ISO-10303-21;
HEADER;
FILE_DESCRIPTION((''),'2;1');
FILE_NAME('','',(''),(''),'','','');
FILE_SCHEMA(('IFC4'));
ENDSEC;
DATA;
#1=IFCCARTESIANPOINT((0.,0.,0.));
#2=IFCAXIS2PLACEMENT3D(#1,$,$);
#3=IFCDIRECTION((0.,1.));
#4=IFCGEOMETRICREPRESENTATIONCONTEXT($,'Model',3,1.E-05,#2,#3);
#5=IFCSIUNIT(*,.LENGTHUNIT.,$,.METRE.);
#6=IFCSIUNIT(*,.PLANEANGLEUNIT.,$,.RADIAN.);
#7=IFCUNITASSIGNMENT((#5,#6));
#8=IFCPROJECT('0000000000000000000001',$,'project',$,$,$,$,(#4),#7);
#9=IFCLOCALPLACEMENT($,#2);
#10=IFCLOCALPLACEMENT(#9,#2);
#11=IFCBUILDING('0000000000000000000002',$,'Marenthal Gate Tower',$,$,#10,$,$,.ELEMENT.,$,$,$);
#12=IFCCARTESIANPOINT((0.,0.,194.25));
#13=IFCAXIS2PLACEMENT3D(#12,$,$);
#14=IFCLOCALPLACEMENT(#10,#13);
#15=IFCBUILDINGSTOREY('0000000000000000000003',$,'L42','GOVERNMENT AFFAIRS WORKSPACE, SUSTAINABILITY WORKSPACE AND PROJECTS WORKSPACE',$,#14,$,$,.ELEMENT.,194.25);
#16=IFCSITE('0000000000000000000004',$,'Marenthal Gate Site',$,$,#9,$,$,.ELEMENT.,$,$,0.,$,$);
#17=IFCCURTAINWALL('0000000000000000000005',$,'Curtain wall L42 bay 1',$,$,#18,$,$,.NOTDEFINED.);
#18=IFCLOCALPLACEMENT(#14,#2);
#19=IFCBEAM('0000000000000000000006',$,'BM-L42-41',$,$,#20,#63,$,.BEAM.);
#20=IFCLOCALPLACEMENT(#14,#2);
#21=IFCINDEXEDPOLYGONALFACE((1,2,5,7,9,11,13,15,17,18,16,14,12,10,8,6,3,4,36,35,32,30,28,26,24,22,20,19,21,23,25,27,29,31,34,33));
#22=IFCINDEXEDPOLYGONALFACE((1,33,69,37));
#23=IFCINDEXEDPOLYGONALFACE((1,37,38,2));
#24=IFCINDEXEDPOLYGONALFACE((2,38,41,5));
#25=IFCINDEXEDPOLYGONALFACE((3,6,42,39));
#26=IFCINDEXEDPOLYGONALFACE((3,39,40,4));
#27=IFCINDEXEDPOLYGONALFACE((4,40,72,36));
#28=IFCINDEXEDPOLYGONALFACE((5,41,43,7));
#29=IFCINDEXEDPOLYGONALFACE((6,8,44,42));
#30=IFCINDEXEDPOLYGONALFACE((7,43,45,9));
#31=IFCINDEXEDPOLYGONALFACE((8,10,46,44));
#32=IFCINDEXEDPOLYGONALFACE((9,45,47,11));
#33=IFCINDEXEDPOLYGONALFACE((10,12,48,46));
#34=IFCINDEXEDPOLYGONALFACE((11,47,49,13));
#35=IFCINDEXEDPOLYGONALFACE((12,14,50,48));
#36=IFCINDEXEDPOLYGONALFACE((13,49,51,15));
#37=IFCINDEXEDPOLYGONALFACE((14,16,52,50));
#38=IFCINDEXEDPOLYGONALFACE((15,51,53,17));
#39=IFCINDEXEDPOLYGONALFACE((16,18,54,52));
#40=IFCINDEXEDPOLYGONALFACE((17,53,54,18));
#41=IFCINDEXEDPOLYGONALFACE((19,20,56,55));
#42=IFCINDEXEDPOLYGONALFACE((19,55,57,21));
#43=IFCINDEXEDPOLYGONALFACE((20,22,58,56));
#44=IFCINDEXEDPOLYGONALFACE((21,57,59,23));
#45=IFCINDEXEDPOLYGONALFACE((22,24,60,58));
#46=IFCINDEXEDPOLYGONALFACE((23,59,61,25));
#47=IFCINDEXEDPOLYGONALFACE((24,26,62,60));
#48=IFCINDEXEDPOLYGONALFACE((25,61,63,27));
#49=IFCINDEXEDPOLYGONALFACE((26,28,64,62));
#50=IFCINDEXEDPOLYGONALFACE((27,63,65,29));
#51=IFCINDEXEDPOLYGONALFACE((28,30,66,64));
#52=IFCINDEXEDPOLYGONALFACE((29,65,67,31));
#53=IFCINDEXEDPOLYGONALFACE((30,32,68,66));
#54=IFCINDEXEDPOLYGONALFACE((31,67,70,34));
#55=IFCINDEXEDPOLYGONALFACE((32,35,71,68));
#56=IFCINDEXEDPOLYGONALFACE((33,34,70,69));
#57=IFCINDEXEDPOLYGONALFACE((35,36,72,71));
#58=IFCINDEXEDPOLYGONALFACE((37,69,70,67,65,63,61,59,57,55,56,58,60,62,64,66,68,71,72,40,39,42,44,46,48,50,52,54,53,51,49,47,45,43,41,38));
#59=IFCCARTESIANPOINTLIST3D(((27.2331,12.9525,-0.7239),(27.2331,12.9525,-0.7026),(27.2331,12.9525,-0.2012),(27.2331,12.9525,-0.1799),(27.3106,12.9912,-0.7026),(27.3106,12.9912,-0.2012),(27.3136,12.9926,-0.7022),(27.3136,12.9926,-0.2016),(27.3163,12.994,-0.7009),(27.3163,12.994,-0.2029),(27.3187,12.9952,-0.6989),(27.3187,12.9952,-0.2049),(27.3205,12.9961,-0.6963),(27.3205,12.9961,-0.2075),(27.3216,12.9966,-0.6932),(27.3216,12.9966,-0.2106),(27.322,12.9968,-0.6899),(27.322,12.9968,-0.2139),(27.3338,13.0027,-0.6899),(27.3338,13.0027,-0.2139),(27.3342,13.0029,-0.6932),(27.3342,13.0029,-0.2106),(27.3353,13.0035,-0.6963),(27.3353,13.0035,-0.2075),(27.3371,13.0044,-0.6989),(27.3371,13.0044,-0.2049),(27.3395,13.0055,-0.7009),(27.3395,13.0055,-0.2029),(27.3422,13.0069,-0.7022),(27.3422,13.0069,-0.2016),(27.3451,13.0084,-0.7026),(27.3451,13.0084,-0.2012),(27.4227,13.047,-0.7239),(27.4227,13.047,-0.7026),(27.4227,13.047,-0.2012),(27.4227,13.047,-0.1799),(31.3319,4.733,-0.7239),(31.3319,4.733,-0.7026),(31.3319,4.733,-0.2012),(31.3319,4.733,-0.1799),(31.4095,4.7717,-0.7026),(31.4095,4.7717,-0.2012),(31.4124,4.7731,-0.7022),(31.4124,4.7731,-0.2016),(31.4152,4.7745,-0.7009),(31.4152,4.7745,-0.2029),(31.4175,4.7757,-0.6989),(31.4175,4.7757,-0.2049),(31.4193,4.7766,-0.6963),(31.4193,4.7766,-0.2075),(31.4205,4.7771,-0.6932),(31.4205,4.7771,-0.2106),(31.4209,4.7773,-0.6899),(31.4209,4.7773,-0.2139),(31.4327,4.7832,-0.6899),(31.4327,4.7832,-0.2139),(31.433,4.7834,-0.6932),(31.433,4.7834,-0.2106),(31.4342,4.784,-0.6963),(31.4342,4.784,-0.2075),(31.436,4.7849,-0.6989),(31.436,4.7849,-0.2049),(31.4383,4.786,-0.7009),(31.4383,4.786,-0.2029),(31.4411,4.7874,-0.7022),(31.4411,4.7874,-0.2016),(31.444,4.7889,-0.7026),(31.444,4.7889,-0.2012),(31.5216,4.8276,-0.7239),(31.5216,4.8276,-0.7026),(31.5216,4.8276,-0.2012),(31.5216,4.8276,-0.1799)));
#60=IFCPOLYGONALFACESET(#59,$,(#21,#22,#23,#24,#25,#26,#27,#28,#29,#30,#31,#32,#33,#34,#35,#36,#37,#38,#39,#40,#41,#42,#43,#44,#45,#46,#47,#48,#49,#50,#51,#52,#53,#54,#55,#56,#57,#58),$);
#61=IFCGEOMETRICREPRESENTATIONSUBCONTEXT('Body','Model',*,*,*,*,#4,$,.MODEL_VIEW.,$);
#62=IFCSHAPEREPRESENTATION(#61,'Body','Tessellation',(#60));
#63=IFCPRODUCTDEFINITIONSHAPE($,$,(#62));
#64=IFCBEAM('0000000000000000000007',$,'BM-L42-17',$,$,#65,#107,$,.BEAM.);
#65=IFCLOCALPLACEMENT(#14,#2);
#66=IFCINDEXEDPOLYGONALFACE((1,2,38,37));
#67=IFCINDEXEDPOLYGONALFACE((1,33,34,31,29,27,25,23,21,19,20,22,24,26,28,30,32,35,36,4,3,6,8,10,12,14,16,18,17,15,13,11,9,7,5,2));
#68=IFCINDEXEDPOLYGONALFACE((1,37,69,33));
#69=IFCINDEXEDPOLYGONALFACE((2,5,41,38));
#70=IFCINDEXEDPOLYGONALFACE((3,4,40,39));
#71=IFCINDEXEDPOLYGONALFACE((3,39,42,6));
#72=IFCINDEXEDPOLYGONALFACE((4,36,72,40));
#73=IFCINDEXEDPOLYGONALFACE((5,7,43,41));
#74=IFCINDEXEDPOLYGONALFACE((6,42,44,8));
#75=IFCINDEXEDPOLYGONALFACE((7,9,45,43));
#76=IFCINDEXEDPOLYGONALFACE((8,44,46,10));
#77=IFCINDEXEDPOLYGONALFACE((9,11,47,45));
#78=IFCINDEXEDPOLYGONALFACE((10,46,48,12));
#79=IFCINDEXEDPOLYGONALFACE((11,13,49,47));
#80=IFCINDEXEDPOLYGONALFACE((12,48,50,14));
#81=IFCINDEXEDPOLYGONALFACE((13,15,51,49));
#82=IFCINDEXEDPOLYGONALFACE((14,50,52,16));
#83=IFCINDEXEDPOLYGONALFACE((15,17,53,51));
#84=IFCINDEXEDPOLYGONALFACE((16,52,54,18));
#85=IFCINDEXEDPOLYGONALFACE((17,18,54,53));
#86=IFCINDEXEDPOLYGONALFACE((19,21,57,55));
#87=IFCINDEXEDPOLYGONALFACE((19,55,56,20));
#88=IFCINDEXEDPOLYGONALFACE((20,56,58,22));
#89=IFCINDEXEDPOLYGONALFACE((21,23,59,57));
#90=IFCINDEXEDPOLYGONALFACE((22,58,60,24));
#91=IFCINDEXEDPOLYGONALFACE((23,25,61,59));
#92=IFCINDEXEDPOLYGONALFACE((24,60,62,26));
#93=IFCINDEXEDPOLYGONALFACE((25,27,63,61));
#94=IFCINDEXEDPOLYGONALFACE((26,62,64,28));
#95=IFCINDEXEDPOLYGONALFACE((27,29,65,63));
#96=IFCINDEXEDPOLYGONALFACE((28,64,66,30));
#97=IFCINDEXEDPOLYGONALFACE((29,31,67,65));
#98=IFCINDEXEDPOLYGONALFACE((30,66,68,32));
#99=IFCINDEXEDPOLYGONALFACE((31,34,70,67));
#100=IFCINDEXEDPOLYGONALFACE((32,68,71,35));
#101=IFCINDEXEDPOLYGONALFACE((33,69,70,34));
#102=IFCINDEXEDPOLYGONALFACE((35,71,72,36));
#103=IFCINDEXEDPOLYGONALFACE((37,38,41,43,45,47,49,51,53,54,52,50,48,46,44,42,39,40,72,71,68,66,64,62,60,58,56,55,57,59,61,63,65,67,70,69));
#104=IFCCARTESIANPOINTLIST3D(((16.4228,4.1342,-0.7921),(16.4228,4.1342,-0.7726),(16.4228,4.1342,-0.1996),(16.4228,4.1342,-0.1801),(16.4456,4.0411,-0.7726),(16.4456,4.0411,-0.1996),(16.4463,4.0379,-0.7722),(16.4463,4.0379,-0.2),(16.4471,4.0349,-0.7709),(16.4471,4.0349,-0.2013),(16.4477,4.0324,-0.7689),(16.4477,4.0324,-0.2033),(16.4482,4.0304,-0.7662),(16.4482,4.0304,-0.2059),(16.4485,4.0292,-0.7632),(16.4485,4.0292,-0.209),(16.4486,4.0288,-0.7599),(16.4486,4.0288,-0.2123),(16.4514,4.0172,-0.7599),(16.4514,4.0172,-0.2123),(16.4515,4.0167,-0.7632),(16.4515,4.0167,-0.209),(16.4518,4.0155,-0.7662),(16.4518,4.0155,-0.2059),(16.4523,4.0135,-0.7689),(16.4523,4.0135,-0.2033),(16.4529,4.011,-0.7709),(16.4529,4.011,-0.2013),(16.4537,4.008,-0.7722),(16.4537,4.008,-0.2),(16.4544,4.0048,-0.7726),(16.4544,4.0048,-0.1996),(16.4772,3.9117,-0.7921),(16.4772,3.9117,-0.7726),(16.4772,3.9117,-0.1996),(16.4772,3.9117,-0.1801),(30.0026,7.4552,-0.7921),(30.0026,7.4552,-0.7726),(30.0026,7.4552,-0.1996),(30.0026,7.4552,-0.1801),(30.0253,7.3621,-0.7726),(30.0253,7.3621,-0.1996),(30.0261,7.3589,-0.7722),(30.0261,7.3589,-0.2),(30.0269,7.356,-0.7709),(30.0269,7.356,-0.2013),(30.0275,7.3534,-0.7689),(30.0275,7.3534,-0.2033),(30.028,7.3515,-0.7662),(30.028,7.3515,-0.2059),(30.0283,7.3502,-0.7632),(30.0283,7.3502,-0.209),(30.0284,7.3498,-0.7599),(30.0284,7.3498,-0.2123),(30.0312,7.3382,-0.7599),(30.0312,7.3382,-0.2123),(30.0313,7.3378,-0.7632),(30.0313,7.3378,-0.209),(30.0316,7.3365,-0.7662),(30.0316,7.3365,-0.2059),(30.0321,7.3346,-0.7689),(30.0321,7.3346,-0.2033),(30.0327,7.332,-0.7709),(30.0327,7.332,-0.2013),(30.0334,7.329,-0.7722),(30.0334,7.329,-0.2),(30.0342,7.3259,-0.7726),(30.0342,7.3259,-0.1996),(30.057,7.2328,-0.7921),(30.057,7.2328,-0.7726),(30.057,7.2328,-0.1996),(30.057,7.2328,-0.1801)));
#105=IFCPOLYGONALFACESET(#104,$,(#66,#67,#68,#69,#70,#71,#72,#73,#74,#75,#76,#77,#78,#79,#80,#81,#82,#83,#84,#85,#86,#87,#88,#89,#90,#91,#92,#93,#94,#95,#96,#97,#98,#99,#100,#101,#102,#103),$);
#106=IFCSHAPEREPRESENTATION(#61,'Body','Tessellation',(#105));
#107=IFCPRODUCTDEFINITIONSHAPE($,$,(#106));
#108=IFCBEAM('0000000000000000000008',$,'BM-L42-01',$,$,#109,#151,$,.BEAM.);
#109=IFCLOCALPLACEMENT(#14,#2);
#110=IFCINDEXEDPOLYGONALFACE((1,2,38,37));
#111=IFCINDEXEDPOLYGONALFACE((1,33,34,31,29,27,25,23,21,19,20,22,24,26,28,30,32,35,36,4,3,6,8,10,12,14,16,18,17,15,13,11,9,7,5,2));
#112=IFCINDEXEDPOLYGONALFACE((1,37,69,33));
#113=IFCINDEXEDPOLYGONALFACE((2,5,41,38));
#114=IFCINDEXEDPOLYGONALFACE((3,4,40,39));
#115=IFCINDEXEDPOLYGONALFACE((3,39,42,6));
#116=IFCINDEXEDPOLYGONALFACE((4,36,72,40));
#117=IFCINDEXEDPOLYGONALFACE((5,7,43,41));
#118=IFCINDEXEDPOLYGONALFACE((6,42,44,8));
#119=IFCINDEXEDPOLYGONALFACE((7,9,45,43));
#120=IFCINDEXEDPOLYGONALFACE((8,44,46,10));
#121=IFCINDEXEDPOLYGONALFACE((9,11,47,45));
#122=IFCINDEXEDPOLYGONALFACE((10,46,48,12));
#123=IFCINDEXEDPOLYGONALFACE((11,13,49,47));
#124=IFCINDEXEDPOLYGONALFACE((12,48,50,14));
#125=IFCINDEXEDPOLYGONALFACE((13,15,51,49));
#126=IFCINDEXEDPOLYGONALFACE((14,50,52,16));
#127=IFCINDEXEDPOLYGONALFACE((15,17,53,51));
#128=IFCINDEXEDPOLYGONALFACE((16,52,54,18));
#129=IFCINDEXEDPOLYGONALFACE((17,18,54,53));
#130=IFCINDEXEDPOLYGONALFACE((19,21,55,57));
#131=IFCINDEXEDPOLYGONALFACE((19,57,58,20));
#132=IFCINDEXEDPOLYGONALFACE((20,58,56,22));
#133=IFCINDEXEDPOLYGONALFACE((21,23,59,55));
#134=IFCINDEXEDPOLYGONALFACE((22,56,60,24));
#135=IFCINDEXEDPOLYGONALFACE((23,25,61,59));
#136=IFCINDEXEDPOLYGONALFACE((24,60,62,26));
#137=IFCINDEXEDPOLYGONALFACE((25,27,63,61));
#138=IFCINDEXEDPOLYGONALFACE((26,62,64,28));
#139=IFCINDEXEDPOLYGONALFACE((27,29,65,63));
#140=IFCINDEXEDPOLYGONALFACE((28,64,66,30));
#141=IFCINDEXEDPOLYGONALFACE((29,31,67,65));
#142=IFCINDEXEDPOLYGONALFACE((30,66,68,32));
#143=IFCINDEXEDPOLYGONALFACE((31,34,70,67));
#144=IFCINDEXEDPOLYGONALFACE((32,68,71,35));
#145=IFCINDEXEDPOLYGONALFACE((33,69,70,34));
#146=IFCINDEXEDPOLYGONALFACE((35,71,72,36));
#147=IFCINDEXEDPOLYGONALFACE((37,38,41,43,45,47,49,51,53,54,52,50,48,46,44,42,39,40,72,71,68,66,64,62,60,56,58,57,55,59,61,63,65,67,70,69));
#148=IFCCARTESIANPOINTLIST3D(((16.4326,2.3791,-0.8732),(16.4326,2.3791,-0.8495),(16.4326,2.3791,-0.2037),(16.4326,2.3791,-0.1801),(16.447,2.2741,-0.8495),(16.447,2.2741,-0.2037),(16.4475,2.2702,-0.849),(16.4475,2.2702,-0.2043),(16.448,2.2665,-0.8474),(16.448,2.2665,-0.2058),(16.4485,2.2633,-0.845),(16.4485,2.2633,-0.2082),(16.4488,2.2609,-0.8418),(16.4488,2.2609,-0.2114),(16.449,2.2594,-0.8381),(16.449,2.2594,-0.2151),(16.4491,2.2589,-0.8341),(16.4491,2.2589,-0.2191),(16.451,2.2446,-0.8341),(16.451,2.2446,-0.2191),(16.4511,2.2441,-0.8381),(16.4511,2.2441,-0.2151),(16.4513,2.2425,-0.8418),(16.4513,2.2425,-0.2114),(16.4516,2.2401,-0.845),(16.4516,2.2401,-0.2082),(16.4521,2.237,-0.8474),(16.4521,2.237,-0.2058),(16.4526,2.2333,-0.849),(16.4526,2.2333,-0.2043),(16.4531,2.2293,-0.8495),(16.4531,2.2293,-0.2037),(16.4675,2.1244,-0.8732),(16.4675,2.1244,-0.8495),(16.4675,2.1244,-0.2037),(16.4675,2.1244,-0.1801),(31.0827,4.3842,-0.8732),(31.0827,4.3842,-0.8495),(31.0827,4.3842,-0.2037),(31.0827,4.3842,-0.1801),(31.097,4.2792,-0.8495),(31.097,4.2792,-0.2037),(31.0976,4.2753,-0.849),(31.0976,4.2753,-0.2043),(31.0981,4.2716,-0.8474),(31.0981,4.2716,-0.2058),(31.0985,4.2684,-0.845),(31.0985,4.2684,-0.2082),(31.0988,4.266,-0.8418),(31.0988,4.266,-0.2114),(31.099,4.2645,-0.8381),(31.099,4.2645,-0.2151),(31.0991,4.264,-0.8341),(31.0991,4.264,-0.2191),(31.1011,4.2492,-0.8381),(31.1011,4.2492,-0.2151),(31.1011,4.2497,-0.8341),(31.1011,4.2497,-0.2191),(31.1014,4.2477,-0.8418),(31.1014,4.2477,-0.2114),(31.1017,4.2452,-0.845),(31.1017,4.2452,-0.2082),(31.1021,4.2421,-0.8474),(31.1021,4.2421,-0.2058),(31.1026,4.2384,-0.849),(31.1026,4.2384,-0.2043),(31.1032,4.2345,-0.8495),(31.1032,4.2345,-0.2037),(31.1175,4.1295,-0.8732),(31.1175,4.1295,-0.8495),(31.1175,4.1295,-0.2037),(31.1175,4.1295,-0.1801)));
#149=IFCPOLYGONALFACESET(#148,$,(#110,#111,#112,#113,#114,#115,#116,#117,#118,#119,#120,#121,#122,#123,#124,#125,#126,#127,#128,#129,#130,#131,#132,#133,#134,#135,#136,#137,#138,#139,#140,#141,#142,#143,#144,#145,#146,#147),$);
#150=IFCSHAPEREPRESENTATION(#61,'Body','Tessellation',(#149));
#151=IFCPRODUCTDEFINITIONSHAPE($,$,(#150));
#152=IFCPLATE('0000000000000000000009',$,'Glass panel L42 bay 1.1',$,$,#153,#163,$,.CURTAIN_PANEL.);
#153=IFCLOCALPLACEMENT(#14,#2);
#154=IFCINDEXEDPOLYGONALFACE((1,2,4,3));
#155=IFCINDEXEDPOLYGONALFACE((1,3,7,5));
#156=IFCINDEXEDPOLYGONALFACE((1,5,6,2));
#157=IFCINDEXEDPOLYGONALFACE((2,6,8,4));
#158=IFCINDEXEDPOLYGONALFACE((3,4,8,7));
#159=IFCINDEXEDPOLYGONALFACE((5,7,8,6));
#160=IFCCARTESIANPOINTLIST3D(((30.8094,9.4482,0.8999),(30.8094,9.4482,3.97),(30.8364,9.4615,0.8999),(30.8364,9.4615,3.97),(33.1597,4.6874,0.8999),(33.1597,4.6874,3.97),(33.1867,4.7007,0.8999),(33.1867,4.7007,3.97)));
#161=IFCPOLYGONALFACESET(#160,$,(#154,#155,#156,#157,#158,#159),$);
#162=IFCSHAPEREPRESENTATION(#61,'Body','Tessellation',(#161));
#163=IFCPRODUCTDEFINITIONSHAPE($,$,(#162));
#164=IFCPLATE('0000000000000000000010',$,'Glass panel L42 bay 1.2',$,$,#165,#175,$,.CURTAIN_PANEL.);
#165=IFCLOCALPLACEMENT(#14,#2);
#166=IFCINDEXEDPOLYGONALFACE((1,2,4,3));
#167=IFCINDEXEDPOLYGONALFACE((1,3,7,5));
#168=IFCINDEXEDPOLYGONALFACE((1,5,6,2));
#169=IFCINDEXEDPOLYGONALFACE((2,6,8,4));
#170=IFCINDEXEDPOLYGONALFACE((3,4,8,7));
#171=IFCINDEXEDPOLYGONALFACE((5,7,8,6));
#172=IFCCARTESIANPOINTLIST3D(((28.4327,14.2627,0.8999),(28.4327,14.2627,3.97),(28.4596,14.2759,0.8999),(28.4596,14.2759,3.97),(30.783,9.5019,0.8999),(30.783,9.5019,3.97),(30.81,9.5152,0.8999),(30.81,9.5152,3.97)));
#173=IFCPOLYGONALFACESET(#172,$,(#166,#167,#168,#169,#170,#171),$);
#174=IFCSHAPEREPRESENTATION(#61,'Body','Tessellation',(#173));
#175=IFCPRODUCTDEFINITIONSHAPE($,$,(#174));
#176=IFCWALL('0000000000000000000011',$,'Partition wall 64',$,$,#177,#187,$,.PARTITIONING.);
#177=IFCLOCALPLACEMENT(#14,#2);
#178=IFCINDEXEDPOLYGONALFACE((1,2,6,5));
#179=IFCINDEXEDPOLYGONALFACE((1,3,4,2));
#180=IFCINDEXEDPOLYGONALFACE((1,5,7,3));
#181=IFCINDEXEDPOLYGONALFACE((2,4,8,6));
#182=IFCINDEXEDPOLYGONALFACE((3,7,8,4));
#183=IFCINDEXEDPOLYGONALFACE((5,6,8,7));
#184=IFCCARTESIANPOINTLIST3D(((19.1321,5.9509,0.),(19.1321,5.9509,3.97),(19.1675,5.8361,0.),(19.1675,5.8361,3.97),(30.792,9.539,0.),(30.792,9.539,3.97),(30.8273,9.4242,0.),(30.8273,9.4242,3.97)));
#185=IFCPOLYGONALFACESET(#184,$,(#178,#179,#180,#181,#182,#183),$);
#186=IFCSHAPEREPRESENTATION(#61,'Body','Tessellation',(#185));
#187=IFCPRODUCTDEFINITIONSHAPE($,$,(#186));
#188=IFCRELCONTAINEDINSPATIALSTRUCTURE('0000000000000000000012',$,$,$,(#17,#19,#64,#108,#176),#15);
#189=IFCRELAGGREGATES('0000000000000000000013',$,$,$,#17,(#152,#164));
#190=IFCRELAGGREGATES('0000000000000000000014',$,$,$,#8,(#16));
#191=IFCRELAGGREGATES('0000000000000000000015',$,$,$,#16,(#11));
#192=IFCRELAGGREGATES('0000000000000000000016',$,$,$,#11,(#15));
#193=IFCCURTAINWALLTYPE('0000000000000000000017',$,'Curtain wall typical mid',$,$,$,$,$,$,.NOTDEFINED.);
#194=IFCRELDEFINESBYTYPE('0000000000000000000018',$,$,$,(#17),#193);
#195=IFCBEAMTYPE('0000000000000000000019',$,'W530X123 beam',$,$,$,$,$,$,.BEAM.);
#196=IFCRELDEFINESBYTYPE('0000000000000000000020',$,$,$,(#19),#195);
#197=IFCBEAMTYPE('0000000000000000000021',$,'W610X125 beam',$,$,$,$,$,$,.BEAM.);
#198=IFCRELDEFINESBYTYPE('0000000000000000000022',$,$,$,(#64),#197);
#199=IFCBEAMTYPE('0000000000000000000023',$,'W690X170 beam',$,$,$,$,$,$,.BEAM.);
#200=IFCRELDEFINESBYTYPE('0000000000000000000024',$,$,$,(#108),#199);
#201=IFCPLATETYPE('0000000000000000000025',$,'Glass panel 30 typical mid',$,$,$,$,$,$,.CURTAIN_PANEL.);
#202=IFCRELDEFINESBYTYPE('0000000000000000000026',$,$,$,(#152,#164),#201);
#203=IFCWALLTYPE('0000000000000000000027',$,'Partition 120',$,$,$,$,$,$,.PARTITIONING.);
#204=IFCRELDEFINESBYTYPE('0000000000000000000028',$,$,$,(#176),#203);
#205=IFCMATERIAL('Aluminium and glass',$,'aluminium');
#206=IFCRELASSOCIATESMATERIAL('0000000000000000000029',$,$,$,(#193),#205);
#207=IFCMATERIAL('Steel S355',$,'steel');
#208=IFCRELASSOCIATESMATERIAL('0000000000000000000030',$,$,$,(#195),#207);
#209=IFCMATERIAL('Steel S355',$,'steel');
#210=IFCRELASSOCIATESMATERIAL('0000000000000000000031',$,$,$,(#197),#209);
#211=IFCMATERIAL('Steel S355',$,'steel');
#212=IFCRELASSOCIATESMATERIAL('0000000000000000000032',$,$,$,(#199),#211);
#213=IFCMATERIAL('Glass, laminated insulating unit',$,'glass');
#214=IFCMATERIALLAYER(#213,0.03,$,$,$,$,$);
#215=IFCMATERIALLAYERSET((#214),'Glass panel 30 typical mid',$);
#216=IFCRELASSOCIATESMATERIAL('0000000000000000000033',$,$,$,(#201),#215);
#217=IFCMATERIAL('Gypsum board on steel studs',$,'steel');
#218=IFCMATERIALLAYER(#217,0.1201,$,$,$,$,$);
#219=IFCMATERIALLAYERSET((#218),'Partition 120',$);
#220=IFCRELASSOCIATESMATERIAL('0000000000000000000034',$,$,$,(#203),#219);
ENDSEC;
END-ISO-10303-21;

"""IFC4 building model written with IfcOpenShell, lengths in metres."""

from ifc_helpers import new_model, si_unit, direction, frame, frame_2d, origin, origin_2d, place, context, subcontext, project, spatial, rectangle, i_section, extrude, material, layer, layer_set, material_profile, profile_set, type_object, element, aggregate, save


model = new_model("IFC4")

# Units and contexts
model_context = context("Model", 3, precision=1e-05, world=origin(), true_north=direction((0.0, 1.0)))
body_context = subcontext(model_context, "Body", "Model", "MODEL_VIEW")
ifc_project = project(units=[si_unit("LENGTHUNIT", "METRE"), si_unit("PLANEANGLEUNIT", "RADIAN")], contexts=[model_context])

# Site, building, storey
site_placement = place(None, origin())
site = spatial("IfcSite", under=ifc_project, at=site_placement, Name="Marenthal Gate Site", CompositionType="ELEMENT", RefElevation=0.0)
building_placement = place(site_placement, origin())
building = spatial("IfcBuilding", under=site, at=building_placement, Name="Marenthal Gate Tower", CompositionType="ELEMENT")
storey_placement = place(building_placement, frame((0.0, 0.0, 194.25)))
storey = spatial("IfcBuildingStorey", under=building, at=storey_placement, Name="L42", Description="GOVERNMENT AFFAIRS WORKSPACE, SUSTAINABILITY WORKSPACE AND PROJECTS WORKSPACE", CompositionType="ELEMENT", Elevation=194.25)

# Curtain wall
ifc_material_1 = material(Name="Aluminium and glass", Category="aluminium")
curtain_wall_type = type_object("IfcCurtainWallType", Name="Curtain wall typical mid", PredefinedType="NOTDEFINED", material=ifc_material_1)
curtain_wall_placement = place(storey_placement, origin())
curtain_wall = element("IfcCurtainWall", 1, at=curtain_wall_placement, inside=storey, type_object=curtain_wall_type, Name="Curtain wall L42 bay 1", PredefinedType="NOTDEFINED")

# Beams
ifc_material_2 = material(Name="Steel S355", Category="steel")
ifc_material_profile_1 = material_profile(ifc_material_2, i_section(OverallWidth=0.2119, OverallDepth=0.5439, WebThickness=0.0132, FlangeThickness=0.0212, FilletRadius=0.0127, at=origin_2d()), Name="W530X123")
ifc_profile_set_1 = profile_set([ifc_material_profile_1], Name="Steel S355")
beam_type_1 = type_object("IfcBeamType", Name="W530X123 beam", PredefinedType="BEAM", material=ifc_profile_set_1)
beam_1_placement = place(storey_placement, frame((31.4268, 4.7803, -0.4519), z_axis=(-0.446267, 0.8949, 0.0), x_axis=(-0.8949, -0.446267, 0.0)))
element("IfcBeam", 2, at=beam_1_placement, inside=storey, type_object=beam_type_1, Name="BM-L42-41", PredefinedType="BEAM", context=body_context, shape_type="SweptSolid", body=[
    extrude(i_section(OverallWidth=0.2119, OverallDepth=0.5439, WebThickness=0.0132, FlangeThickness=0.0212, FilletRadius=0.0127, at=origin_2d()), origin(), (0.0, 0.0, 1.0), 9.1848),
])
ifc_material_3 = material(Name="Steel S355", Category="steel")
ifc_material_profile_2 = material_profile(ifc_material_3, i_section(OverallWidth=0.229, OverallDepth=0.6121, WebThickness=0.012, FlangeThickness=0.0195, FilletRadius=0.0127, at=origin_2d()), Name="W610X125")
ifc_profile_set_2 = profile_set([ifc_material_profile_2], Name="Steel S355")
beam_type_2 = type_object("IfcBeamType", Name="W610X125 beam", PredefinedType="BEAM", material=ifc_profile_set_2)
beam_2_placement = place(storey_placement, frame((30.0298, 7.344, -0.4861), z_axis=(-0.971374, -0.237556, 0.0), x_axis=(0.237556, -0.971374, 0.0)))
element("IfcBeam", 3, at=beam_2_placement, inside=storey, type_object=beam_type_2, Name="BM-L42-17", PredefinedType="BEAM", context=body_context, shape_type="SweptSolid", body=[
    extrude(i_section(OverallWidth=0.229, OverallDepth=0.6121, WebThickness=0.012, FlangeThickness=0.0195, FilletRadius=0.0127, at=origin_2d()), origin(), (0.0, 0.0, 1.0), 13.98),
])
ifc_material_4 = material(Name="Steel S355", Category="steel")
ifc_material_profile_3 = material_profile(ifc_material_4, i_section(OverallWidth=0.2571, OverallDepth=0.6931, WebThickness=0.0144, FlangeThickness=0.0237, FilletRadius=0.0154, at=origin_2d()), Name="W690X170")
ifc_profile_set_3 = profile_set([ifc_material_profile_3], Name="Steel S355")
beam_type_3 = type_object("IfcBeamType", Name="W690X170 beam", PredefinedType="BEAM", material=ifc_profile_set_3)
beam_3_placement = place(storey_placement, frame((31.1001, 4.2568, -0.5266), z_axis=(-0.990763, -0.135603, 0.0), x_axis=(0.135603, -0.990763, 0.0)))
element("IfcBeam", 4, at=beam_3_placement, inside=storey, type_object=beam_type_3, Name="BM-L42-01", PredefinedType="BEAM", context=body_context, shape_type="SweptSolid", body=[
    extrude(i_section(OverallWidth=0.2571, OverallDepth=0.6931, WebThickness=0.0144, FlangeThickness=0.0237, FilletRadius=0.0154, at=origin_2d()), origin(), (0.0, 0.0, 1.0), 14.7866),
])

# Plates
ifc_material_5 = material(Name="Glass, laminated insulating unit", Category="glass")
ifc_layer_1 = layer(ifc_material_5, 0.03)
ifc_layer_set_1 = layer_set([ifc_layer_1], Name="Glass panel 30 typical mid")
plate_type = type_object("IfcPlateType", Name="Glass panel 30 typical mid", PredefinedType="CURTAIN_PANEL", material=ifc_layer_set_1)
plate_1_placement = place(storey_placement, frame((31.998, 7.0745, 0.8999), z_axis=(0.0, 0.0, 1.0), x_axis=(-0.442678, 0.896681, 0.0)))
plate_1 = element("IfcPlate", 5, at=plate_1_placement, type_object=plate_type, Name="Glass panel L42 bay 1.1", PredefinedType="CURTAIN_PANEL", context=body_context, shape_type="SweptSolid", body=[
    extrude(rectangle(XDim=5.3093, YDim=0.03, at=origin_2d()), origin(), (0.0, 0.0, 1.0), 3.0701),
])
plate_2_placement = place(storey_placement, frame((29.6213, 11.8889, 0.8999), z_axis=(0.0, 0.0, 1.0), x_axis=(-0.442678, 0.896681, 0.0)))
plate_2 = element("IfcPlate", 6, at=plate_2_placement, type_object=plate_type, Name="Glass panel L42 bay 1.2", PredefinedType="CURTAIN_PANEL", context=body_context, shape_type="SweptSolid", body=[
    extrude(rectangle(XDim=5.3093, YDim=0.03, at=origin_2d()), origin(), (0.0, 0.0, 1.0), 3.0701),
])
aggregate(curtain_wall, [plate_1, plate_2])

# Wall
ifc_material_6 = material(Name="Gypsum board on steel studs", Category="steel")
ifc_layer_2 = layer(ifc_material_6, 0.1201)
ifc_layer_set_2 = layer_set([ifc_layer_2], Name="Partition 120")
wall_type_1 = type_object("IfcWallType", Name="Partition 120", PredefinedType="PARTITIONING", material=ifc_layer_set_2)
wall_1_placement = place(storey_placement, frame((19.1499, 5.8936, 0.0), z_axis=(0.0, 0.0, 1.0), x_axis=(0.955768, 0.294121, 0.0)))
element("IfcWall", 7, at=wall_1_placement, inside=storey, type_object=wall_type_1, Name="Partition wall 64", PredefinedType="PARTITIONING", context=body_context, shape_type="SweptSolid", body=[
    extrude(rectangle(XDim=12.1995, YDim=0.1201, at=frame_2d((6.0996, 0.0))), origin(), (0.0, 0.0, 1.0), 3.97),
])

save(model, "model.ifc")
